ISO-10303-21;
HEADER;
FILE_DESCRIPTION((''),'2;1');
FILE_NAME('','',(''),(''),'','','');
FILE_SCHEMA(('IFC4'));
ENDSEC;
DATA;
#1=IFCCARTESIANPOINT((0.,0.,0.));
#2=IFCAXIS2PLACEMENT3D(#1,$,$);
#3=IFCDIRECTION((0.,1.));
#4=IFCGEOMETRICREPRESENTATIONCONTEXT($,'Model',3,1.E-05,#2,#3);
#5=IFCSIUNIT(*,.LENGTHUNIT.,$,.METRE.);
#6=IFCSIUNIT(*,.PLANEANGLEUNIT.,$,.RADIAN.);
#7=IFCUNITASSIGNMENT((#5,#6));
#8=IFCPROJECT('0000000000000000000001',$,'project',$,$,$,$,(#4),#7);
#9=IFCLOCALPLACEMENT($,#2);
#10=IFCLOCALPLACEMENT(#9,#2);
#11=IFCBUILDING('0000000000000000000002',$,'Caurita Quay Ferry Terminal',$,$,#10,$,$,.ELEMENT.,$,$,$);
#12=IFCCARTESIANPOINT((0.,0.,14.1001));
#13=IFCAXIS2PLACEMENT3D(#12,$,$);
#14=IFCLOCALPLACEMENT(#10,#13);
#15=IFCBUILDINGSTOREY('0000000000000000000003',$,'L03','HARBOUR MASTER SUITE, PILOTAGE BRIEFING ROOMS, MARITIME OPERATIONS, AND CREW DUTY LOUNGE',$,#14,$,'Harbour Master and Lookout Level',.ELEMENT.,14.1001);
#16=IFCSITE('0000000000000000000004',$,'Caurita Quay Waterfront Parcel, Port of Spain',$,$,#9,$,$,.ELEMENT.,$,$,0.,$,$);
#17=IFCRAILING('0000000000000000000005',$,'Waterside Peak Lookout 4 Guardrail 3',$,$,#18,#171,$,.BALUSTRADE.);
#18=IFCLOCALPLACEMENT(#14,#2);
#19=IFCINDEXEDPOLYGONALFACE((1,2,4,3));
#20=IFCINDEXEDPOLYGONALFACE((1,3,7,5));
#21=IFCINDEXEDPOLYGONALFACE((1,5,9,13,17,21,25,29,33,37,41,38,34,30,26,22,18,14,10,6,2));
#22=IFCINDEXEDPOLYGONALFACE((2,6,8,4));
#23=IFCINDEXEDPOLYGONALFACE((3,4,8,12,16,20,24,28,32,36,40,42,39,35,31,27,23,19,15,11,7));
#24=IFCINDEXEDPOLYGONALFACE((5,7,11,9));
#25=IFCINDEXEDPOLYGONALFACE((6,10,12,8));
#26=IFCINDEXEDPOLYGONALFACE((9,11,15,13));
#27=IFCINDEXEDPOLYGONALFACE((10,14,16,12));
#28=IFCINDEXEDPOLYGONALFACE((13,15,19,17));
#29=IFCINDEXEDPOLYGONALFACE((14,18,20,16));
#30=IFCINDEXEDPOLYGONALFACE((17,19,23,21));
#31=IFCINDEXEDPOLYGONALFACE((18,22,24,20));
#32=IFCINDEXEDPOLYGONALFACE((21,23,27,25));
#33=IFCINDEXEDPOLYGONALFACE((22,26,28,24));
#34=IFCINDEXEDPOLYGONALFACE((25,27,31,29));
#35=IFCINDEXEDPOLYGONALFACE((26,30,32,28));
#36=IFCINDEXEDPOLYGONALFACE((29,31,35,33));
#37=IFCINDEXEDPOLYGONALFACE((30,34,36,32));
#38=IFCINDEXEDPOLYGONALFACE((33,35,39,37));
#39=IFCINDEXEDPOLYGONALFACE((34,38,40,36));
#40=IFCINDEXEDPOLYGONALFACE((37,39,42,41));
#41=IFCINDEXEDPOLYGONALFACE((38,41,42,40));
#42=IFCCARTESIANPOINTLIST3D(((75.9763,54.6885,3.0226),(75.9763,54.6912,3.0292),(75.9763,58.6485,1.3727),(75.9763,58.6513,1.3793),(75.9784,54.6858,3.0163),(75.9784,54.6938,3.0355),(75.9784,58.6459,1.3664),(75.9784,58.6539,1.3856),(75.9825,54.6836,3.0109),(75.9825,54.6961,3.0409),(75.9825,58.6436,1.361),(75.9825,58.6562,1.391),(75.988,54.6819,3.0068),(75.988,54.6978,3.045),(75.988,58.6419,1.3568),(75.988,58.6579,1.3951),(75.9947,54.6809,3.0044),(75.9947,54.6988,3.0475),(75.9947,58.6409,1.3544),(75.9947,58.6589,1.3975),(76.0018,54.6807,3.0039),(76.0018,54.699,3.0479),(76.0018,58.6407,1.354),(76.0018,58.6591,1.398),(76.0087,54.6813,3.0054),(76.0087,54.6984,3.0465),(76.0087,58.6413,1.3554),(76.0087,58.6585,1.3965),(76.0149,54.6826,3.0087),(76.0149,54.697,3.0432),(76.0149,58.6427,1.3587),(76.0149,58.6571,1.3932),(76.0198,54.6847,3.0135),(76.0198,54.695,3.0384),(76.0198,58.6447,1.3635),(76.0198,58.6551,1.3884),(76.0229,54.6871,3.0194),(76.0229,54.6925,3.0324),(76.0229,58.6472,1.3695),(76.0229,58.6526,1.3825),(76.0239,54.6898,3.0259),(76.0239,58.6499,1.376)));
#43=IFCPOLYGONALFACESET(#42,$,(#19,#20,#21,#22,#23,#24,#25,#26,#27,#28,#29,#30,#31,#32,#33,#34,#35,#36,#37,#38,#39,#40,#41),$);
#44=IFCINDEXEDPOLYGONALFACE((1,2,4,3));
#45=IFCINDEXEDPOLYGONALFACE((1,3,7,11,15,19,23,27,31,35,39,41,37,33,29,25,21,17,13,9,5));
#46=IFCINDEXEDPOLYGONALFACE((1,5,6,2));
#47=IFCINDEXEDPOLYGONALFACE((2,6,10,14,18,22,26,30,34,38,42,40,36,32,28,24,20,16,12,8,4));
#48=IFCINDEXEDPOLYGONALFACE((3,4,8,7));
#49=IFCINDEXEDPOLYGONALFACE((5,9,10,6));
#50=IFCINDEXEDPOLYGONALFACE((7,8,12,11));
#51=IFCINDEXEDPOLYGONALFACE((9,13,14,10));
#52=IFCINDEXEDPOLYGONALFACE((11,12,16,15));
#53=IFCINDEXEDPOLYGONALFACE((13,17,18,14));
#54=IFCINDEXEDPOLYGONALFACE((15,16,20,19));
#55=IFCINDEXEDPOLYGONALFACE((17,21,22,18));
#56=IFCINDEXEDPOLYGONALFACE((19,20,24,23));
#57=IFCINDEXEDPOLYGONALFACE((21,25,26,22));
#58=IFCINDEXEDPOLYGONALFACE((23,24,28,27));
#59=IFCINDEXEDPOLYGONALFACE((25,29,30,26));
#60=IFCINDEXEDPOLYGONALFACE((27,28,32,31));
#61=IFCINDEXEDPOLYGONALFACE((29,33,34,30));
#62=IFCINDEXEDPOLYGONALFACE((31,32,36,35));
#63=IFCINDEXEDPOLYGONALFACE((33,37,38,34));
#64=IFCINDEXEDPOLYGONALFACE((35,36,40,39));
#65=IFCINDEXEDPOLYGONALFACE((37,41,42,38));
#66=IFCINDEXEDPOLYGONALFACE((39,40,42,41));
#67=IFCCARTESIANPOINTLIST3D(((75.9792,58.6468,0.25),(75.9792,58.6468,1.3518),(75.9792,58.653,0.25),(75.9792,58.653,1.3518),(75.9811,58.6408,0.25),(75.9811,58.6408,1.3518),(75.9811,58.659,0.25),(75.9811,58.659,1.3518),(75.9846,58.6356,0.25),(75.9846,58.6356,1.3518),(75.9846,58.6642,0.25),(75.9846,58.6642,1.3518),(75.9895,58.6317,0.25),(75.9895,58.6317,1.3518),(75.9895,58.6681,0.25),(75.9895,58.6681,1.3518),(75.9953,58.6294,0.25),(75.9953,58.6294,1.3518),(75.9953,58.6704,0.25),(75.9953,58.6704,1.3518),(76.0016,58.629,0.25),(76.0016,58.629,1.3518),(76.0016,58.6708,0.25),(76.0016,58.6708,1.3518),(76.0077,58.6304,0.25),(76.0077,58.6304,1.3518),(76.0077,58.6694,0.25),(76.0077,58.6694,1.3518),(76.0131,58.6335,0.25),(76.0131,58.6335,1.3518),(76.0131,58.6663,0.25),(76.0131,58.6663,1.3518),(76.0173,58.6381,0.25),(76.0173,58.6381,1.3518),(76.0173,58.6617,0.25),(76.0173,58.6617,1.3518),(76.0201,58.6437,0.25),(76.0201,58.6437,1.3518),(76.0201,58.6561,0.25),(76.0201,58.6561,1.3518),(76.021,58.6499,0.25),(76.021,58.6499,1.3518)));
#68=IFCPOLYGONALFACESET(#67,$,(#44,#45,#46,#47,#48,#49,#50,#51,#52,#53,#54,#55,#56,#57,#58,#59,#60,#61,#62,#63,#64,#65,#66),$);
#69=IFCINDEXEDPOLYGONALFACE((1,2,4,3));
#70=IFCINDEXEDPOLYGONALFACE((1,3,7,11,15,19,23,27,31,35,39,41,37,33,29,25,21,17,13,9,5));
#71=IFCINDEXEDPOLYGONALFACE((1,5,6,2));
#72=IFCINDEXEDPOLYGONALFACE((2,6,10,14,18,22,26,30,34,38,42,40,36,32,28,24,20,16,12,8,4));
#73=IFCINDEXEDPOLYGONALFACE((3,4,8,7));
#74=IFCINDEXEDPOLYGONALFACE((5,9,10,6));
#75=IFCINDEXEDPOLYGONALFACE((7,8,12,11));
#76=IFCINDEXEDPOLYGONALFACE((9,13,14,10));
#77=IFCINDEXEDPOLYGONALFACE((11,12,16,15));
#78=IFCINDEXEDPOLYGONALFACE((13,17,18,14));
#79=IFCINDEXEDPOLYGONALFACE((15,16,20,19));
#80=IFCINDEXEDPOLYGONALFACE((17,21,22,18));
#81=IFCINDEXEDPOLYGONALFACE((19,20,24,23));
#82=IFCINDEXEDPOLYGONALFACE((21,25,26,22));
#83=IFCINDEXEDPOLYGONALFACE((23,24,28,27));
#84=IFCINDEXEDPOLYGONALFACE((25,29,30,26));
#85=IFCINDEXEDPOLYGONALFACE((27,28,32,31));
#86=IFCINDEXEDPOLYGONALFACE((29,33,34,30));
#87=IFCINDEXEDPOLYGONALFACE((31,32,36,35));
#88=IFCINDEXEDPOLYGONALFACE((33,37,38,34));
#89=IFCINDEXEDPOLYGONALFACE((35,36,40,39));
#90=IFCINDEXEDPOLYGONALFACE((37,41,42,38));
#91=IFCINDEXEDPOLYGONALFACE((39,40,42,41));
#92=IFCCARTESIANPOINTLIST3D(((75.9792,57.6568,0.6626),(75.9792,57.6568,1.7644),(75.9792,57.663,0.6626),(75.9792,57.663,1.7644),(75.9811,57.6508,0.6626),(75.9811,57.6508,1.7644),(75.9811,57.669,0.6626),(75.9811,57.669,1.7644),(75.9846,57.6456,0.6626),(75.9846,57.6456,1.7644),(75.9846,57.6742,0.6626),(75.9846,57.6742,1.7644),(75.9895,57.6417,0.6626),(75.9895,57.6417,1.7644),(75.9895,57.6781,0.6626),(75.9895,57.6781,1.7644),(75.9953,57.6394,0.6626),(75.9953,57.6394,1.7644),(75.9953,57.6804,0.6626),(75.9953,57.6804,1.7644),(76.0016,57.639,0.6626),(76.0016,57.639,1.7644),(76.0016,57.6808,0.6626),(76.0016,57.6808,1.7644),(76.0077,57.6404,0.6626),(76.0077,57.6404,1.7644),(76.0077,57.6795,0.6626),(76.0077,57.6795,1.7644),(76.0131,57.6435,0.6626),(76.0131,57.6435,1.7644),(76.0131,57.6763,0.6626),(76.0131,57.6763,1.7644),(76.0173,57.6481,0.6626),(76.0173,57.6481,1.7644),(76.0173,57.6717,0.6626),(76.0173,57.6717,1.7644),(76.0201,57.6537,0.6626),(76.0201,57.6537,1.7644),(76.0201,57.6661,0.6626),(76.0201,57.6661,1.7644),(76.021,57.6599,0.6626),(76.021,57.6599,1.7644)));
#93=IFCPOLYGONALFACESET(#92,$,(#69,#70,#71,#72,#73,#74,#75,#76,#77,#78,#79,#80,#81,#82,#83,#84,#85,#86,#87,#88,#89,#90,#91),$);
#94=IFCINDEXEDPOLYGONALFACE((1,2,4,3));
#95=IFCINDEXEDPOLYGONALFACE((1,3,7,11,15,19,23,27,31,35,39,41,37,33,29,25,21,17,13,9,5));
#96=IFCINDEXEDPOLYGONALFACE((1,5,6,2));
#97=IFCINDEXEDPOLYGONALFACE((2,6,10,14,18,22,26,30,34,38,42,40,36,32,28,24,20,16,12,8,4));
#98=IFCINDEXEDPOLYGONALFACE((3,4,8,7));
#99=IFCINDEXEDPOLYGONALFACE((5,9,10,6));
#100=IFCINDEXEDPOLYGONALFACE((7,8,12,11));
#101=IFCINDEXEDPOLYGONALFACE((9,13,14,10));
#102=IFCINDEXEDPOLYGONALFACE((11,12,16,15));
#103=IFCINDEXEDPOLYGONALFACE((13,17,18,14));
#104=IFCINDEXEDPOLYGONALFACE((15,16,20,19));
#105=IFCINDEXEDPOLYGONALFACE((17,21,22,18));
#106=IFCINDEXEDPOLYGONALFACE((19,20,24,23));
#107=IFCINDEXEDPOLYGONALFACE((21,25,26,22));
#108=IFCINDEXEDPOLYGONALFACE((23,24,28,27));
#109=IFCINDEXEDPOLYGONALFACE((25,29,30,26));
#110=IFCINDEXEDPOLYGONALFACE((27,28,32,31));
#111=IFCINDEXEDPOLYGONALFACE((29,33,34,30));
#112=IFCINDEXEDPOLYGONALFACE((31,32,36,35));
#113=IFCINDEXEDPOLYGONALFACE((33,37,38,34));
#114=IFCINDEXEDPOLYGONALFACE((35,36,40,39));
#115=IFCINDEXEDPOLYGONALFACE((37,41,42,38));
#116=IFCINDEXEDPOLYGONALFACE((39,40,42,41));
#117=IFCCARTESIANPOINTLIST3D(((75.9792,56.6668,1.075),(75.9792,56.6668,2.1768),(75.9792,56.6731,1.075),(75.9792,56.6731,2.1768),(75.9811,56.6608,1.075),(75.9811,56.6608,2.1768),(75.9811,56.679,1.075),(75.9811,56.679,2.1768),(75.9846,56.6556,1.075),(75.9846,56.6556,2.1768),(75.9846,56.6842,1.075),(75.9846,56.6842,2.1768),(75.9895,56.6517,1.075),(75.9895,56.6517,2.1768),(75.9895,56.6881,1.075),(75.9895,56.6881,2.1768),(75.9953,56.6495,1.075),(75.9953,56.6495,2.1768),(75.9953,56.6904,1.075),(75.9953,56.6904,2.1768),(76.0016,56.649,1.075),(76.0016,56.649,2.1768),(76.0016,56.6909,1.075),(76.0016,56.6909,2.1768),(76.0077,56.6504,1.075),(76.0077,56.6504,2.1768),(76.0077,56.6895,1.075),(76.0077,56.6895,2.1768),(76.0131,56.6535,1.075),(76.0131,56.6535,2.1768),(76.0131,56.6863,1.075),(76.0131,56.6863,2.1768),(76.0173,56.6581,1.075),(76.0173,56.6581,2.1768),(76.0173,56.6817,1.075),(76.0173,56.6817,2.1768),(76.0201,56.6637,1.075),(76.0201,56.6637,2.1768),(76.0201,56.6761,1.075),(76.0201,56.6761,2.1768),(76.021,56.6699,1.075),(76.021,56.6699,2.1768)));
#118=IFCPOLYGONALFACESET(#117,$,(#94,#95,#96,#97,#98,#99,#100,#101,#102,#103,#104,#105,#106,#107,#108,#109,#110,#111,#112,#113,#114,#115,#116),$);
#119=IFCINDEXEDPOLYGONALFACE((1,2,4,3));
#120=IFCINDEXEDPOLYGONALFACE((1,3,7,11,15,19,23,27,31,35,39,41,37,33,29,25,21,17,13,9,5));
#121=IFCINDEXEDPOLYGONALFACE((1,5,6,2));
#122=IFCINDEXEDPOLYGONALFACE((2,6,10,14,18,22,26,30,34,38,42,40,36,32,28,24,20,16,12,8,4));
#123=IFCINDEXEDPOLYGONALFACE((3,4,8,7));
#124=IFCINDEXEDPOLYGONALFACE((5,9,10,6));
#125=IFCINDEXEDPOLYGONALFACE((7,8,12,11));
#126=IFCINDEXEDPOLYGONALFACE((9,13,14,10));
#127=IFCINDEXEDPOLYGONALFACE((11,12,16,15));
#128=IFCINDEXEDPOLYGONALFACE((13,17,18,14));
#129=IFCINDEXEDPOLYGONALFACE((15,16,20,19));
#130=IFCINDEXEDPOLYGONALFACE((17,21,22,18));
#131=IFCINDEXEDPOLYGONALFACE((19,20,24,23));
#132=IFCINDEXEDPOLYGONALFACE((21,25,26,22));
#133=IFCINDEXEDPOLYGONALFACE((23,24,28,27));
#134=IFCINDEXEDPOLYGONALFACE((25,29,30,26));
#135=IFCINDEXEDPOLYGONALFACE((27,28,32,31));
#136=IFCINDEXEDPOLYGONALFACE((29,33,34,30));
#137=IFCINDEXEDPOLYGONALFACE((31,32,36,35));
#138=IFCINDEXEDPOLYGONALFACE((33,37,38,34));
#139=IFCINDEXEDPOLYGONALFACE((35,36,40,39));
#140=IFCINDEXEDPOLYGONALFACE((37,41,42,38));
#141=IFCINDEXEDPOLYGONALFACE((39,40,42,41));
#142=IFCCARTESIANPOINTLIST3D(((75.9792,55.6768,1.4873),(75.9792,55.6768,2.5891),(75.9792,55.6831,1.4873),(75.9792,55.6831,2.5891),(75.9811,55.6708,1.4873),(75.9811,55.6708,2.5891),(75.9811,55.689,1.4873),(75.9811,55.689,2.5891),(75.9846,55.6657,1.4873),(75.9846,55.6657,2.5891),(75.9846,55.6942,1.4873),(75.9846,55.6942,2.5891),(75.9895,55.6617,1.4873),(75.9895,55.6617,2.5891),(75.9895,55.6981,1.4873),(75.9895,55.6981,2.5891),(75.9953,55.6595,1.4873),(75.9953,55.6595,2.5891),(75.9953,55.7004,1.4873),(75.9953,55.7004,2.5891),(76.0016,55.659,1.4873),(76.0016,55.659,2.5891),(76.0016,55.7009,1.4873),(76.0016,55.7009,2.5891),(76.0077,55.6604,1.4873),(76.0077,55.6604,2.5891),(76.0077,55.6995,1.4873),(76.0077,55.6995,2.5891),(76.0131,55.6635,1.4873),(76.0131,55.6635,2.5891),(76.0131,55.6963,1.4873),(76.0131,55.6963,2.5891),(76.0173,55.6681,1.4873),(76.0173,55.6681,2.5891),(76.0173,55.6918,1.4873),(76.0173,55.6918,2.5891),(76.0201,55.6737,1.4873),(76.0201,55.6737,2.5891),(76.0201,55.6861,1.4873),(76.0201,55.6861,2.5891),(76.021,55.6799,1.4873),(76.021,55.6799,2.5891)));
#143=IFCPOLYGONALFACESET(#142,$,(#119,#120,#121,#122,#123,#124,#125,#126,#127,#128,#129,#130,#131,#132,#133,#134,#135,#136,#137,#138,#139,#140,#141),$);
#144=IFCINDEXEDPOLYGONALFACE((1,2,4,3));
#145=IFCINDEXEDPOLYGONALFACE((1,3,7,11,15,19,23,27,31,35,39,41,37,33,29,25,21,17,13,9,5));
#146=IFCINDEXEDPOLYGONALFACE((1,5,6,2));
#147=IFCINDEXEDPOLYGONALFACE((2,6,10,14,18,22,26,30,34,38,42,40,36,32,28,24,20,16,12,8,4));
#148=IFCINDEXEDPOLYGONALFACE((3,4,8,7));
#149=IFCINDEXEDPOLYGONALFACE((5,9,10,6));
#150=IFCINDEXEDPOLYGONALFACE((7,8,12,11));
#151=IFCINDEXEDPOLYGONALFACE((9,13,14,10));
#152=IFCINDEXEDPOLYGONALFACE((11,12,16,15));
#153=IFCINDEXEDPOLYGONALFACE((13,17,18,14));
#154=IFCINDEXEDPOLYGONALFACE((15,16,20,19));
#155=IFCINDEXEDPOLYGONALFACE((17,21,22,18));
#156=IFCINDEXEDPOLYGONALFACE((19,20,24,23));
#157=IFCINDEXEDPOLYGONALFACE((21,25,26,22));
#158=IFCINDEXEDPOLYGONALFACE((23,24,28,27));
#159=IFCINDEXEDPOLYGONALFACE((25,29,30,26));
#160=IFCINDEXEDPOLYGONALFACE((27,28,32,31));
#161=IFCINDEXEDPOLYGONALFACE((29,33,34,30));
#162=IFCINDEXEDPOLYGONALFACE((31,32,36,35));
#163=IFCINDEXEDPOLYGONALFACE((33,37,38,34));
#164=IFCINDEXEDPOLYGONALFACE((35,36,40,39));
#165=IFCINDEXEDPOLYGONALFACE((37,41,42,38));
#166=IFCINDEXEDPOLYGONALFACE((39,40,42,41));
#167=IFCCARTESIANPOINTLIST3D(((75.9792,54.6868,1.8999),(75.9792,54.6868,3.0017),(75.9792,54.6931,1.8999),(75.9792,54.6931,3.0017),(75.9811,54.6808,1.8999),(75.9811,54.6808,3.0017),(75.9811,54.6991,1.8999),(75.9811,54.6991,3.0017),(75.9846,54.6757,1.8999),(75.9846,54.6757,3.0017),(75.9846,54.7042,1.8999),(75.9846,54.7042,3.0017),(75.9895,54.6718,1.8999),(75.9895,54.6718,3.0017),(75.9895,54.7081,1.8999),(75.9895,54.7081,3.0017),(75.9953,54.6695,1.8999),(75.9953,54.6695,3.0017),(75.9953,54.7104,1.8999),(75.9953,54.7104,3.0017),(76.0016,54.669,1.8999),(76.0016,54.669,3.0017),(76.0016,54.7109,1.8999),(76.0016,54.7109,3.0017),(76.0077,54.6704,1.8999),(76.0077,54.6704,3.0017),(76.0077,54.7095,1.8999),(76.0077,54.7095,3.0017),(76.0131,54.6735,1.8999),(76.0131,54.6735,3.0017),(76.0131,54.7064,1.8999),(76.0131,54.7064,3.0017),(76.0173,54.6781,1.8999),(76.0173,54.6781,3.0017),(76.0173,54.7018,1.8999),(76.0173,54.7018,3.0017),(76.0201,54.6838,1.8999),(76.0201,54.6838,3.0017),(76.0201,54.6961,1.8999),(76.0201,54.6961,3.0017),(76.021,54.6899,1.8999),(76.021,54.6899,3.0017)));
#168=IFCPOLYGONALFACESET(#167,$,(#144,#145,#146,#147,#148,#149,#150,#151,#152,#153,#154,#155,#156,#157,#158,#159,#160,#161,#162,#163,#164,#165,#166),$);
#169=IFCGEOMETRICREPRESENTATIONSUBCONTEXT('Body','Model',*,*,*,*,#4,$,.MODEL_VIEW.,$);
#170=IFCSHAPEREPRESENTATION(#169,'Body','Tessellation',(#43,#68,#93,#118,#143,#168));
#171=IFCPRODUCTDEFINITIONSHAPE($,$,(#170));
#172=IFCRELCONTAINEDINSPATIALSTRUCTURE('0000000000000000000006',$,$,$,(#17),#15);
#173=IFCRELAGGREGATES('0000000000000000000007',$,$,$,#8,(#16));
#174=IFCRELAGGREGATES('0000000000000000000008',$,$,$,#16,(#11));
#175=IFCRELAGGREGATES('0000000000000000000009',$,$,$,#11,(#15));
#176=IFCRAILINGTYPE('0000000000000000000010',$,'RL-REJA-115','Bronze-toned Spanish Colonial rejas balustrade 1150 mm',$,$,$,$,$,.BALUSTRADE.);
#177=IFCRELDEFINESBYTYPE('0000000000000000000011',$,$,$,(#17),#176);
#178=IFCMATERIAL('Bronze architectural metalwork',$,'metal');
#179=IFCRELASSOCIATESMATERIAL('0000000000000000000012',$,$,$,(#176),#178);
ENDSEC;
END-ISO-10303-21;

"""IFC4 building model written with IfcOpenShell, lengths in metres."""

from ifc_helpers import new_model, si_unit, direction, frame, origin, origin_2d, place, context, subcontext, project, spatial, circle, extrude, material, type_object, element, save


model = new_model("IFC4")

# Units and contexts
model_context = context("Model", 3, precision=1e-05, world=origin(), true_north=direction((0.0, 1.0)))
body_context = subcontext(model_context, "Body", "Model", "MODEL_VIEW")
ifc_project = project(units=[si_unit("LENGTHUNIT", "METRE"), si_unit("PLANEANGLEUNIT", "RADIAN")], contexts=[model_context])

# Site, building, storey
site_placement = place(None, origin())
site = spatial("IfcSite", under=ifc_project, at=site_placement, Name="Caurita Quay Waterfront Parcel, Port of Spain", CompositionType="ELEMENT", RefElevation=0.0)
building_placement = place(site_placement, origin())
building = spatial("IfcBuilding", under=site, at=building_placement, Name="Caurita Quay Ferry Terminal", CompositionType="ELEMENT")
storey_placement = place(building_placement, frame((0.0, 0.0, 14.1001)))
storey = spatial("IfcBuildingStorey", under=building, at=storey_placement, Name="L03", Description="HARBOUR MASTER SUITE, PILOTAGE BRIEFING ROOMS, MARITIME OPERATIONS, AND CREW DUTY LOUNGE", LongName="Harbour Master and Lookout Level", CompositionType="ELEMENT", Elevation=14.1001)

# Railing
ifc_material_1 = material(Name="Bronze architectural metalwork", Category="metal")
railing_type_1 = type_object("IfcRailingType", Name="RL-REJA-115", Description="Bronze-toned Spanish Colonial rejas balustrade 1150 mm", PredefinedType="BALUSTRADE", material=ifc_material_1)
railing_1_placement = place(storey_placement, frame((76.0, 58.6499, 0.25)))
element("IfcRailing", 1, at=railing_1_placement, inside=storey, type_object=railing_type_1, Name="Waterside Peak Lookout 4 Guardrail 3", PredefinedType="BALUSTRADE", context=body_context, shape_type="SweptSolid", body=[
    extrude(circle(Radius=0.0239, at=origin_2d()), frame((0.0, 0.0, 1.126), z_axis=(0.0, -0.923084, 0.384599), x_axis=(1.0, 0.0, 0.0)), (0.0, 0.0, 1.0), 4.29),
    extrude(circle(Radius=0.021, at=origin_2d()), origin(), (0.0, 0.0, 1.0), 1.1018),
    extrude(circle(Radius=0.021, at=origin_2d()), frame((0.0, -0.99, 0.4126)), (0.0, 0.0, 1.0), 1.1018),
    extrude(circle(Radius=0.021, at=origin_2d()), frame((0.0, -1.98, 0.825)), (0.0, 0.0, 1.0), 1.1018),
    extrude(circle(Radius=0.021, at=origin_2d()), frame((0.0, -2.97, 1.2373)), (0.0, 0.0, 1.0), 1.1018),
    extrude(circle(Radius=0.021, at=origin_2d()), frame((0.0, -3.96, 1.6499)), (0.0, 0.0, 1.0), 1.1018),
])

save(model, "model.ifc")
